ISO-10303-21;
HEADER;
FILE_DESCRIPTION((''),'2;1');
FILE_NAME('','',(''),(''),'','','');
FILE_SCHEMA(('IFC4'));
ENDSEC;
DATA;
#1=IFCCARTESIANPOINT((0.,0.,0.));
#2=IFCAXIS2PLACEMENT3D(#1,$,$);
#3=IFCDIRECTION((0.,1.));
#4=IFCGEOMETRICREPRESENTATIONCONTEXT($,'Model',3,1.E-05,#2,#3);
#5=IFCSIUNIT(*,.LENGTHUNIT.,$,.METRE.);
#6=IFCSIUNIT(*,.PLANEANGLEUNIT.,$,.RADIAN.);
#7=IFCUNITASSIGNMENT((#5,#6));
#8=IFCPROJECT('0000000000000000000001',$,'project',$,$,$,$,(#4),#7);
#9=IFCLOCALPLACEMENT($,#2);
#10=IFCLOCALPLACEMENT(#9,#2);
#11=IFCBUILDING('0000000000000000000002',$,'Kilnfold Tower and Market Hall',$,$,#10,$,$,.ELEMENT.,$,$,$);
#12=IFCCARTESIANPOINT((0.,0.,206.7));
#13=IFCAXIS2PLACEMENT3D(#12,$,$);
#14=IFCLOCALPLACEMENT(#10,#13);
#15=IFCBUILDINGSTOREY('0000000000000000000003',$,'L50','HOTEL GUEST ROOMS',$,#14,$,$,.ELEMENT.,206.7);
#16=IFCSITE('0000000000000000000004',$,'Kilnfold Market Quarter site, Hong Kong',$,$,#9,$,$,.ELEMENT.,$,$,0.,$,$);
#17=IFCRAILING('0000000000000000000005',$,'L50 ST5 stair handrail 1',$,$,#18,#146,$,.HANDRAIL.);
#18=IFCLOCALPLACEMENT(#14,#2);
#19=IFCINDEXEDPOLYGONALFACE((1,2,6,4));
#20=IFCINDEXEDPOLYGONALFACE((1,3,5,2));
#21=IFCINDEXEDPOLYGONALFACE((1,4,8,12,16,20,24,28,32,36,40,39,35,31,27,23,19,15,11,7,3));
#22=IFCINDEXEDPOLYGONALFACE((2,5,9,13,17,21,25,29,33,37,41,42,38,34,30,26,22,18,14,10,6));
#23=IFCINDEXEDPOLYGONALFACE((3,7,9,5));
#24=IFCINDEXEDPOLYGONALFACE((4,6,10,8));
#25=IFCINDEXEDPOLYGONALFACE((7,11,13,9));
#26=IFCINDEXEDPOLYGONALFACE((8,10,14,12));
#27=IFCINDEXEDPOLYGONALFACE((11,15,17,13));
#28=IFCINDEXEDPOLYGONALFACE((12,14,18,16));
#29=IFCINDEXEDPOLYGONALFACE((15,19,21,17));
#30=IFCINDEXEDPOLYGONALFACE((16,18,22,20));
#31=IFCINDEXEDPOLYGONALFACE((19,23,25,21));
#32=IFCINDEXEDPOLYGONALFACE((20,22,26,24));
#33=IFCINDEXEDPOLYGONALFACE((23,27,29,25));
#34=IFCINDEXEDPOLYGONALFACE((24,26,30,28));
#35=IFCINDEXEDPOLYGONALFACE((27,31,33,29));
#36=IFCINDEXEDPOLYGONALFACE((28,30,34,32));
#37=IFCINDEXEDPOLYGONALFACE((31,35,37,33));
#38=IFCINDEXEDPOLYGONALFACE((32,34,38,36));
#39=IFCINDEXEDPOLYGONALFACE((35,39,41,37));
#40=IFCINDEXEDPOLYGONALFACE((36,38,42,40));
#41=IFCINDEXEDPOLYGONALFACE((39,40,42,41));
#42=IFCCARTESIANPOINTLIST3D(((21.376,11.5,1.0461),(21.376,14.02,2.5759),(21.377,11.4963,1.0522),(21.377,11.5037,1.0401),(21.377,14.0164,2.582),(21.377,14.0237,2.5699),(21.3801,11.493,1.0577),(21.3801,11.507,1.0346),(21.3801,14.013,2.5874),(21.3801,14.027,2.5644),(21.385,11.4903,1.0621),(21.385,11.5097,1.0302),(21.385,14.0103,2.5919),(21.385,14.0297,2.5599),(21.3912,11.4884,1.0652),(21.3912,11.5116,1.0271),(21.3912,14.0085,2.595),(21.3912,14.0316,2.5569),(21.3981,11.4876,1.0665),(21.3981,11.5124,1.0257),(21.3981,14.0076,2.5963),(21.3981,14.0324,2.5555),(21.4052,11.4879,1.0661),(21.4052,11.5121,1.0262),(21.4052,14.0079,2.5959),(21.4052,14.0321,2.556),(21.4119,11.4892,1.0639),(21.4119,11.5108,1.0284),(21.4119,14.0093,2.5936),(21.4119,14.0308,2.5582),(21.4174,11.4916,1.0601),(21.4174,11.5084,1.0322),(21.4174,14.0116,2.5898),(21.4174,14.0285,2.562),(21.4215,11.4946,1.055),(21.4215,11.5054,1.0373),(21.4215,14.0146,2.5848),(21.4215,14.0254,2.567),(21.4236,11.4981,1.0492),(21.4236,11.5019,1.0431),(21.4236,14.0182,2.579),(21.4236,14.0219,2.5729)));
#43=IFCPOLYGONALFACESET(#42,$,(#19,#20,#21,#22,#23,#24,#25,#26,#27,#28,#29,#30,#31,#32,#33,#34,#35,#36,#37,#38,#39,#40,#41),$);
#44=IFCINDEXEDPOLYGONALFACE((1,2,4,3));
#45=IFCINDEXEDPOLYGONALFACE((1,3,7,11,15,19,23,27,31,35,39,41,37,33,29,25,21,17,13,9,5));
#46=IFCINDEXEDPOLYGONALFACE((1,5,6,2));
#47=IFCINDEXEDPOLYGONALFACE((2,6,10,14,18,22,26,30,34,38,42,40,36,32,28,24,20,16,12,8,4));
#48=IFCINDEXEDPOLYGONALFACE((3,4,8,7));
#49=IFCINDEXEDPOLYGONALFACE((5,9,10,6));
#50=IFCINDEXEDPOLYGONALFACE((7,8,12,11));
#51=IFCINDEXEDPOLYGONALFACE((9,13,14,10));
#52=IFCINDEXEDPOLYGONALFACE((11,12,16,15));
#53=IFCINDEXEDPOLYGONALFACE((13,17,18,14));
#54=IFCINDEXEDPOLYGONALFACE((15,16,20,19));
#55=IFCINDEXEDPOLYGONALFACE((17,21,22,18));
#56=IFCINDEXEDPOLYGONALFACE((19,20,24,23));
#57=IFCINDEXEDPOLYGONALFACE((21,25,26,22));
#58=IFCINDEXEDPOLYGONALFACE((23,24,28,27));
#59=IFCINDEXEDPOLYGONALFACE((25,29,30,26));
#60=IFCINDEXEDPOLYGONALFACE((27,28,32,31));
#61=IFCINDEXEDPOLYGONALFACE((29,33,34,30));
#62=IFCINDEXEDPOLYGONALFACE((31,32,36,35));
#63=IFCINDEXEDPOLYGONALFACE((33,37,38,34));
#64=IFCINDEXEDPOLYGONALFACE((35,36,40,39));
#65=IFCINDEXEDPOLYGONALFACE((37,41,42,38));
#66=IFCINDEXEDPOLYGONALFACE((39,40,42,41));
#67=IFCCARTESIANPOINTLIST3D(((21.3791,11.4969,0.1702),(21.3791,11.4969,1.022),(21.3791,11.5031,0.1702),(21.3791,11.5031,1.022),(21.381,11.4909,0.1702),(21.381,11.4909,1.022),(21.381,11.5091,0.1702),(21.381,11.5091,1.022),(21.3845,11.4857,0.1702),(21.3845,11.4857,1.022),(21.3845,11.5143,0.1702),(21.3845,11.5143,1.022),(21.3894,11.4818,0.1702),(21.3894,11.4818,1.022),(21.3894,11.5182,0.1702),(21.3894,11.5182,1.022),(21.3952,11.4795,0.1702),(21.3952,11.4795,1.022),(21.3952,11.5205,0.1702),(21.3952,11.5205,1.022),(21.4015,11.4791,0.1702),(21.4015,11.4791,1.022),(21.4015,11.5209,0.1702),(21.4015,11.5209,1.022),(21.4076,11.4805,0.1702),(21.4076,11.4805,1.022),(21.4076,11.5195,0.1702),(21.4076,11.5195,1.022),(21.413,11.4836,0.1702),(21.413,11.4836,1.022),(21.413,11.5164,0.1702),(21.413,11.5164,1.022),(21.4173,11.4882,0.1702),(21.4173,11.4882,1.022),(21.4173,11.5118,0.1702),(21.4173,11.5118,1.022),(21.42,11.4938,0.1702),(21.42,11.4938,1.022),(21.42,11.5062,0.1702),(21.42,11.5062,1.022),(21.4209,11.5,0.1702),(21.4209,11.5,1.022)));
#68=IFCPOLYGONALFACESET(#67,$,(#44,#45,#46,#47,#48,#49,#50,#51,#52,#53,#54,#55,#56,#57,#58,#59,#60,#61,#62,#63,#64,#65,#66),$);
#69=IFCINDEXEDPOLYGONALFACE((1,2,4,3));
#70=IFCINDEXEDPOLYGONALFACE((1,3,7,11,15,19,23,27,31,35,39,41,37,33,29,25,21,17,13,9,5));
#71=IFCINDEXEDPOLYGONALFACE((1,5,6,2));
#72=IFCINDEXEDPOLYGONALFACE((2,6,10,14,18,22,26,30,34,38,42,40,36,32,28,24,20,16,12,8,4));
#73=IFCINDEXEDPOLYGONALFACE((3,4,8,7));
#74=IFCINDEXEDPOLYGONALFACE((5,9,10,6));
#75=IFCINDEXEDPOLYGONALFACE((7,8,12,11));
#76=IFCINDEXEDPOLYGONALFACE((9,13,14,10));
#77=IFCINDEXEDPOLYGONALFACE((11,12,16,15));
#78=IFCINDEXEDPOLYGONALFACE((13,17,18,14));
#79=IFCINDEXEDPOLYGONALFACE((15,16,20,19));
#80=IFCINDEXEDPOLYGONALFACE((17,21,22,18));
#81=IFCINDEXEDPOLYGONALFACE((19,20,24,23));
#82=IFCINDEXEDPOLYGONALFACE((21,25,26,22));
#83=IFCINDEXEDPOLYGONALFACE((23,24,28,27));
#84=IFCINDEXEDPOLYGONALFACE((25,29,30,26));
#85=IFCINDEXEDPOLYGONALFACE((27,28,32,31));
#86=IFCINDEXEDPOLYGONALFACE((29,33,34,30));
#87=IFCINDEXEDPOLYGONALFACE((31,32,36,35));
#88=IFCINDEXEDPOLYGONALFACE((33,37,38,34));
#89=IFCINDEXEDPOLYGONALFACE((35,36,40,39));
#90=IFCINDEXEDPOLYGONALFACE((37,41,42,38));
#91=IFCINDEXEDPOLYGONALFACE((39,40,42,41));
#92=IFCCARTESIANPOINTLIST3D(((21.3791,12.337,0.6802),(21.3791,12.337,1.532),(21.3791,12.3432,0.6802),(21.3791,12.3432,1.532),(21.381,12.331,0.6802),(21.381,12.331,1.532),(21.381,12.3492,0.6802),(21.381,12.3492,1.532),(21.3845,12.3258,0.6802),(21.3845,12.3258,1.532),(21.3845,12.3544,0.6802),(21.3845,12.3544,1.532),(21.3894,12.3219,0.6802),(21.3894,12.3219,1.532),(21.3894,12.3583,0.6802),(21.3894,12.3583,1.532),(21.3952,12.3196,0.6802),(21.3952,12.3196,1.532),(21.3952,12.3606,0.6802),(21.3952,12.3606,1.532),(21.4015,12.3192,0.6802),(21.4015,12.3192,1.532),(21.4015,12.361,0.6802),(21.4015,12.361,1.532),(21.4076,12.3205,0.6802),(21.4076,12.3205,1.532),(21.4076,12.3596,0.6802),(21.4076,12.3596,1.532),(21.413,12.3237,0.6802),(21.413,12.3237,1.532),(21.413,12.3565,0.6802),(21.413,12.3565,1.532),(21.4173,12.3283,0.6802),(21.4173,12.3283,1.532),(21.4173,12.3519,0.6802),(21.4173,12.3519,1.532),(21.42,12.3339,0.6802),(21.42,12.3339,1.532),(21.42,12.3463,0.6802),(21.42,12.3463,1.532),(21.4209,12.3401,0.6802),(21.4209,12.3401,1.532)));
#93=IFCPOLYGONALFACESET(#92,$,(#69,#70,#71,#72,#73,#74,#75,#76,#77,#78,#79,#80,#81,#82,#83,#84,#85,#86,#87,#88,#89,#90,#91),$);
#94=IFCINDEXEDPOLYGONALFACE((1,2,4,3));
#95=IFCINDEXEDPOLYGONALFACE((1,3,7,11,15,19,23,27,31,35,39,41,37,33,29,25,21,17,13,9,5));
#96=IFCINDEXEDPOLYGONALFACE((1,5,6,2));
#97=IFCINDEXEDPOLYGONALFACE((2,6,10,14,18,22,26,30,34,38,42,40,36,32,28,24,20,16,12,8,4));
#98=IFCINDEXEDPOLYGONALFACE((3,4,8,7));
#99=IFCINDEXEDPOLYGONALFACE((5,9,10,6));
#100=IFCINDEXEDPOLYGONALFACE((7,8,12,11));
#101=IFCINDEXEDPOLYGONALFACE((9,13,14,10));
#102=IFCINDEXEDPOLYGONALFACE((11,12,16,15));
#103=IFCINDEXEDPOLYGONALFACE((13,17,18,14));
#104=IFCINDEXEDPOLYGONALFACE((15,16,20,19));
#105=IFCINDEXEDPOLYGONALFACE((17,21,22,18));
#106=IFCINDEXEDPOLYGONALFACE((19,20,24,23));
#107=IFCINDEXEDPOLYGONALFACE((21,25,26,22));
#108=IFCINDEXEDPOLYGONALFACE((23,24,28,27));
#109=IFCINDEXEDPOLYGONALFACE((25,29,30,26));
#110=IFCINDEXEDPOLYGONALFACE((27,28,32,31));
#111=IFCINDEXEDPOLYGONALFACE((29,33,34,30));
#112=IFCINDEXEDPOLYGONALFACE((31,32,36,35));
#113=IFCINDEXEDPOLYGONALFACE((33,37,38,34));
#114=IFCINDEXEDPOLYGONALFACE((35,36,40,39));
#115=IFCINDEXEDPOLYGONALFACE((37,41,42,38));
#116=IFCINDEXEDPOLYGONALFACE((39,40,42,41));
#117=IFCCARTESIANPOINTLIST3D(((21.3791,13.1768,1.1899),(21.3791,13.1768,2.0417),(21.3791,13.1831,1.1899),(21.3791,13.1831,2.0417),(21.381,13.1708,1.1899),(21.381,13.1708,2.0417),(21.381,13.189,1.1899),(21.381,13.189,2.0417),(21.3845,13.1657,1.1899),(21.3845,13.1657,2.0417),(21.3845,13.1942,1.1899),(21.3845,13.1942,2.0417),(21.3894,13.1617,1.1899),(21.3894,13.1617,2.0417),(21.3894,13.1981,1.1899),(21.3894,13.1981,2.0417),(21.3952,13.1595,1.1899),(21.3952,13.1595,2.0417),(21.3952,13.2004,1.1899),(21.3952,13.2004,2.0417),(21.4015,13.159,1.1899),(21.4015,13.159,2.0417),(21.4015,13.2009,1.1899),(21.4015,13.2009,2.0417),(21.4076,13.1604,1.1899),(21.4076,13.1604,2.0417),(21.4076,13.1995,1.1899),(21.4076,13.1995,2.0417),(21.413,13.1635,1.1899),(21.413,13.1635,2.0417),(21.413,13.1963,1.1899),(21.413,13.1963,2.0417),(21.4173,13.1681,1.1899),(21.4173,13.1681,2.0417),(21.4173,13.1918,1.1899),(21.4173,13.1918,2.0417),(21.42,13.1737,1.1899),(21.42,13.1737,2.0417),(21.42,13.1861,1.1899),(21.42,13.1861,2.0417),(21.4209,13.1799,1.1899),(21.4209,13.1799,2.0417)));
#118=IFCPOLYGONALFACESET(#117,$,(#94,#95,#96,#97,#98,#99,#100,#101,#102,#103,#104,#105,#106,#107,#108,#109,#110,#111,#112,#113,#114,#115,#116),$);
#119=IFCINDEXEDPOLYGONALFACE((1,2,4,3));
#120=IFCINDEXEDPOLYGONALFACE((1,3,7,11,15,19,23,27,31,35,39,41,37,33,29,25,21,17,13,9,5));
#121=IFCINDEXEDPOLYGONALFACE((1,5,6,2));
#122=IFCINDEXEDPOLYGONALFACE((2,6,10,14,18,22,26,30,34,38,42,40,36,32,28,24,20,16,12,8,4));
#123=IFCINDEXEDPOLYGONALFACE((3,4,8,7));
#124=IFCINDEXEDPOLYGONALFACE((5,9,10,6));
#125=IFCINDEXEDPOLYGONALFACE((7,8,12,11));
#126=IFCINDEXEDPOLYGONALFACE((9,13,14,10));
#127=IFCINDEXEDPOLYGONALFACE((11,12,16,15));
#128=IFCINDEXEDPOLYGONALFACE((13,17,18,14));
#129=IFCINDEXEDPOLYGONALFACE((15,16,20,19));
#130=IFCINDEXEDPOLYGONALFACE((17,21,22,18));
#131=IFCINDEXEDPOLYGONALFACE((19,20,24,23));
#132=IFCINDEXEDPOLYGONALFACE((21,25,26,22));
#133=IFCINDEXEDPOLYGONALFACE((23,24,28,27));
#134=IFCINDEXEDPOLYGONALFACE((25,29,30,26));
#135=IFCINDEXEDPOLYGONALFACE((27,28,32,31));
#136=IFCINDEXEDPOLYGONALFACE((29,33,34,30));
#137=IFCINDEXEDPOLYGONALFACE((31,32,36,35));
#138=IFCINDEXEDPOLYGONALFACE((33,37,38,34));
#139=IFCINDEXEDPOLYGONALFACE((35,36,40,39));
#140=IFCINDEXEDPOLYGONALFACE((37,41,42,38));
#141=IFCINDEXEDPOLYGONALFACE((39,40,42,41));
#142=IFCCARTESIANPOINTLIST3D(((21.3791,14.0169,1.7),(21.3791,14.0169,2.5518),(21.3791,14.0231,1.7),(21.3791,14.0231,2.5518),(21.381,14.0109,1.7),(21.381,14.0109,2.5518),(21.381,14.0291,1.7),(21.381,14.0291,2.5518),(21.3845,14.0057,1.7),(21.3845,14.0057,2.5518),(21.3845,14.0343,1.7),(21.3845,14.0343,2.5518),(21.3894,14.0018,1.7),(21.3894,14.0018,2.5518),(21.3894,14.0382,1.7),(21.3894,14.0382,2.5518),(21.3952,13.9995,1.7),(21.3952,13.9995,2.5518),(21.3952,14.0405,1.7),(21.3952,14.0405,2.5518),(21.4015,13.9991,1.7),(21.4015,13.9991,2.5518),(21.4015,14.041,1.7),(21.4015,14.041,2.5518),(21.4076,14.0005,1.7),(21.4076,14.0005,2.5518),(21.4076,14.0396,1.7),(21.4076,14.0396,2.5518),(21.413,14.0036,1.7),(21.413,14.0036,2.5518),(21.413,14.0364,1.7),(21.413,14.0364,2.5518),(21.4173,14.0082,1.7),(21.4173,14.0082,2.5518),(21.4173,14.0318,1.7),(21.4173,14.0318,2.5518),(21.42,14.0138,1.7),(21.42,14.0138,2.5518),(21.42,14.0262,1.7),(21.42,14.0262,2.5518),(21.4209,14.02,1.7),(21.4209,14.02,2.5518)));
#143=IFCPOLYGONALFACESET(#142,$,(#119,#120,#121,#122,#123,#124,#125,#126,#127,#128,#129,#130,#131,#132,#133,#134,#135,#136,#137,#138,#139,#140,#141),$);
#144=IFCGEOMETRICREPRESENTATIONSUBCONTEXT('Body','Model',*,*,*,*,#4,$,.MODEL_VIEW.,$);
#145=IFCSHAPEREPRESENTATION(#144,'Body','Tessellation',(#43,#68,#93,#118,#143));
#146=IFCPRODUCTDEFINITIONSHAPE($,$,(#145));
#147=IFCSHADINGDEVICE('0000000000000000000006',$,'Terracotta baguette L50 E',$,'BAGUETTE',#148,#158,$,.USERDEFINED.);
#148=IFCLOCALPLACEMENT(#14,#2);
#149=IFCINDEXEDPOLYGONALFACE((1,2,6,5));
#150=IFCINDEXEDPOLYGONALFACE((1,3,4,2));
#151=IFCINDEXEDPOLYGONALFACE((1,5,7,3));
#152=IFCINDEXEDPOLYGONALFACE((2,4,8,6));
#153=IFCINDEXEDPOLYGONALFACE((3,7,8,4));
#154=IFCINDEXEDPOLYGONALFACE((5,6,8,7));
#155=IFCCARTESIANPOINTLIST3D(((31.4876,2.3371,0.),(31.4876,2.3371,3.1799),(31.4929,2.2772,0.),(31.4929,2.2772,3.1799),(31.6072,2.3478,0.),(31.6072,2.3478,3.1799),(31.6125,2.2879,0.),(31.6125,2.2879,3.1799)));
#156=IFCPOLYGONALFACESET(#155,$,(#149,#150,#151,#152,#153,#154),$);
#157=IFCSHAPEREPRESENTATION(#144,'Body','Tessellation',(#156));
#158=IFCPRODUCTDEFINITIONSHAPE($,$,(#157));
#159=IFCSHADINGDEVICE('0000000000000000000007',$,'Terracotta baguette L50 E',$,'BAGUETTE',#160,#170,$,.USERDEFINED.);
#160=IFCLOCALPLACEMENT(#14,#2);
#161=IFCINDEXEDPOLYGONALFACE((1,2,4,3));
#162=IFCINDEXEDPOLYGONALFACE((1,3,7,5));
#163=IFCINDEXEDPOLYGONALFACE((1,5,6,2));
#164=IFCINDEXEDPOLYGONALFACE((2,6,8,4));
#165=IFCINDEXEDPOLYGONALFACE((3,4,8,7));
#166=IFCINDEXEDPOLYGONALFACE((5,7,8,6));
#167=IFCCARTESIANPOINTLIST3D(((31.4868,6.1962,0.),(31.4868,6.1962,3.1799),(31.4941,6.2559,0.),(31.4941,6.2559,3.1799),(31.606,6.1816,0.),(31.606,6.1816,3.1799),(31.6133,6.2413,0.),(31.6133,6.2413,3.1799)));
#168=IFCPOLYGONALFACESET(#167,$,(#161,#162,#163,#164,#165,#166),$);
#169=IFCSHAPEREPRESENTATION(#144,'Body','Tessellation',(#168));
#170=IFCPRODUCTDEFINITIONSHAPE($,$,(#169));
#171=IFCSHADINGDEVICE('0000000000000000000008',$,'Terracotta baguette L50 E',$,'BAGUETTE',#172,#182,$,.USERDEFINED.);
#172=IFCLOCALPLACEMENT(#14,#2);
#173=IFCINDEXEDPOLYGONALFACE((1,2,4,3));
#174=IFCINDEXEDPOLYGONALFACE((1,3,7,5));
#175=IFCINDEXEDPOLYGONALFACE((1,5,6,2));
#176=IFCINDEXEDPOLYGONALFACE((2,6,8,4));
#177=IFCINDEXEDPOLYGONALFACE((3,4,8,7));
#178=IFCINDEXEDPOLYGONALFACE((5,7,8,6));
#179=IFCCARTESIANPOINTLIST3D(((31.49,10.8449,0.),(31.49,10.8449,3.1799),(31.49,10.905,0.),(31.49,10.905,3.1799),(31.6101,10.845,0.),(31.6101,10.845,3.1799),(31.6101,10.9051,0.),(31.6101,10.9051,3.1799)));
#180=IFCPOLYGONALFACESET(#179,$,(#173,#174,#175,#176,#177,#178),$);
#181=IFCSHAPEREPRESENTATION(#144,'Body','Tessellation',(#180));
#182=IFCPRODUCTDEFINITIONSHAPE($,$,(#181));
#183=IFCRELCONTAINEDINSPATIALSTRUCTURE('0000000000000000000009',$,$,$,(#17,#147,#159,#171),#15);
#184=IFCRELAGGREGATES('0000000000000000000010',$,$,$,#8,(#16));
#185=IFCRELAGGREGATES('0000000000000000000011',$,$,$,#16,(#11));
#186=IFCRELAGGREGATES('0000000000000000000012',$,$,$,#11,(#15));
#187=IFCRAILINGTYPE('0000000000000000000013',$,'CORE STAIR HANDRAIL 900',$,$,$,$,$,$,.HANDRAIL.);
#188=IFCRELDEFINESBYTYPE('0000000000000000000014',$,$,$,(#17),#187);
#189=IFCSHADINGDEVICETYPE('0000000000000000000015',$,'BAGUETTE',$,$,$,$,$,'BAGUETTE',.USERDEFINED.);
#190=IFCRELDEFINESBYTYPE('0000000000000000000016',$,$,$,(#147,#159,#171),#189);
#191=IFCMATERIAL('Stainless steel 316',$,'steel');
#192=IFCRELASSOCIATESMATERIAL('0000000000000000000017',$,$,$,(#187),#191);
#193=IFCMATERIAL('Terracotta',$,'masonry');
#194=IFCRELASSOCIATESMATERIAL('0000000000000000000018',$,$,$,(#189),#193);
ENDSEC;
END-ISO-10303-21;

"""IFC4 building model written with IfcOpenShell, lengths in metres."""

from ifc_helpers import new_model, si_unit, direction, frame, origin, origin_2d, place, context, subcontext, project, spatial, rectangle, circle, extrude, source, transform, mapped, material, material_profile, profile_set, type_object, element, save


model = new_model("IFC4")

# Units and contexts
model_context = context("Model", 3, precision=1e-05, world=origin(), true_north=direction((0.0, 1.0)))
body_context = subcontext(model_context, "Body", "Model", "MODEL_VIEW")
ifc_project = project(units=[si_unit("LENGTHUNIT", "METRE"), si_unit("PLANEANGLEUNIT", "RADIAN")], contexts=[model_context])

# Site, building, storey
site_placement = place(None, origin())
site = spatial("IfcSite", under=ifc_project, at=site_placement, Name="Kilnfold Market Quarter site, Hong Kong", CompositionType="ELEMENT", RefElevation=0.0)
building_placement = place(site_placement, origin())
building = spatial("IfcBuilding", under=site, at=building_placement, Name="Kilnfold Tower and Market Hall", CompositionType="ELEMENT")
storey_placement = place(building_placement, frame((0.0, 0.0, 206.7)))
storey = spatial("IfcBuildingStorey", under=building, at=storey_placement, Name="L50", Description="HOTEL GUEST ROOMS", CompositionType="ELEMENT", Elevation=206.7)

# Railing
ifc_material_1 = material(Name="Stainless steel 316", Category="steel")
railing_type_1 = type_object("IfcRailingType", Name="CORE STAIR HANDRAIL 900", PredefinedType="HANDRAIL", material=ifc_material_1)
railing_1_placement = place(storey_placement, frame((21.3999, 11.5, 0.1702)))
element("IfcRailing", 1, at=railing_1_placement, inside=storey, type_object=railing_type_1, Name="L50 ST5 stair handrail 1", PredefinedType="HANDRAIL", context=body_context, shape_type="SweptSolid", body=[
    extrude(circle(Radius=0.0239, at=origin_2d()), frame((0.0, 0.0, 0.876), z_axis=(0.0, 0.854822, 0.518922), x_axis=(-1.0, 0.0, 0.0)), (0.0, 0.0, 1.0), 2.948),
    extrude(circle(Radius=0.021, at=origin_2d()), origin(), (0.0, 0.0, 1.0), 0.8518),
    extrude(circle(Radius=0.021, at=origin_2d()), frame((0.0, 0.8401, 0.51)), (0.0, 0.0, 1.0), 0.8518),
    extrude(circle(Radius=0.021, at=origin_2d()), frame((0.0, 1.6799, 1.0198)), (0.0, 0.0, 1.0), 0.8518),
    extrude(circle(Radius=0.021, at=origin_2d()), frame((0.0, 2.52, 1.5298)), (0.0, 0.0, 1.0), 0.8518),
])

# Shading devices
ifc_material_2 = material(Name="Terracotta", Category="masonry")
ifc_material_profile_1 = material_profile(ifc_material_2, rectangle(XDim=0.0601, YDim=0.1201, at=origin_2d()), Name="BAG 60x120")
ifc_profile_set_1 = profile_set([ifc_material_profile_1], Name="Terracotta")
shading_device_type = type_object("IfcShadingDeviceType", Name="BAGUETTE", ElementType="BAGUETTE", PredefinedType="USERDEFINED", material=ifc_profile_set_1)
shared_shape_1 = source(origin(), body_context, "Body", "SweptSolid", [
    extrude(rectangle(XDim=0.0601, YDim=0.1201, at=origin_2d()), origin(), (0.0, 0.0, 1.0), 3.1799),
])
for number, where, z_axis, x_axis, name in (
    (2, (31.55, 2.3125, 0.0), (0.0, 0.0, 1.0), (-0.089065, 0.996026, 0.0), "Terracotta baguette L50 E"),
    (3, (31.55, 6.2188, 0.0), (0.0, 0.0, 1.0), (0.121525, 0.992588, 0.0), "Terracotta baguette L50 E"),
    (4, (31.55, 10.875, 0.0), (0.0, 0.0, 1.0), (-0.001175, 0.999999, 0.0), "Terracotta baguette L50 E"),
):
    element("IfcShadingDevice", number, at=place(storey_placement, frame(where, z_axis=z_axis, x_axis=x_axis)), inside=storey, type_object=shading_device_type, Name=name, ObjectType="BAGUETTE", PredefinedType="USERDEFINED", context=body_context, shape_type="MappedRepresentation", body=[
        mapped(shared_shape_1, transform((0.0, 0.0, 0.0))),
    ])

save(model, "model.ifc")
